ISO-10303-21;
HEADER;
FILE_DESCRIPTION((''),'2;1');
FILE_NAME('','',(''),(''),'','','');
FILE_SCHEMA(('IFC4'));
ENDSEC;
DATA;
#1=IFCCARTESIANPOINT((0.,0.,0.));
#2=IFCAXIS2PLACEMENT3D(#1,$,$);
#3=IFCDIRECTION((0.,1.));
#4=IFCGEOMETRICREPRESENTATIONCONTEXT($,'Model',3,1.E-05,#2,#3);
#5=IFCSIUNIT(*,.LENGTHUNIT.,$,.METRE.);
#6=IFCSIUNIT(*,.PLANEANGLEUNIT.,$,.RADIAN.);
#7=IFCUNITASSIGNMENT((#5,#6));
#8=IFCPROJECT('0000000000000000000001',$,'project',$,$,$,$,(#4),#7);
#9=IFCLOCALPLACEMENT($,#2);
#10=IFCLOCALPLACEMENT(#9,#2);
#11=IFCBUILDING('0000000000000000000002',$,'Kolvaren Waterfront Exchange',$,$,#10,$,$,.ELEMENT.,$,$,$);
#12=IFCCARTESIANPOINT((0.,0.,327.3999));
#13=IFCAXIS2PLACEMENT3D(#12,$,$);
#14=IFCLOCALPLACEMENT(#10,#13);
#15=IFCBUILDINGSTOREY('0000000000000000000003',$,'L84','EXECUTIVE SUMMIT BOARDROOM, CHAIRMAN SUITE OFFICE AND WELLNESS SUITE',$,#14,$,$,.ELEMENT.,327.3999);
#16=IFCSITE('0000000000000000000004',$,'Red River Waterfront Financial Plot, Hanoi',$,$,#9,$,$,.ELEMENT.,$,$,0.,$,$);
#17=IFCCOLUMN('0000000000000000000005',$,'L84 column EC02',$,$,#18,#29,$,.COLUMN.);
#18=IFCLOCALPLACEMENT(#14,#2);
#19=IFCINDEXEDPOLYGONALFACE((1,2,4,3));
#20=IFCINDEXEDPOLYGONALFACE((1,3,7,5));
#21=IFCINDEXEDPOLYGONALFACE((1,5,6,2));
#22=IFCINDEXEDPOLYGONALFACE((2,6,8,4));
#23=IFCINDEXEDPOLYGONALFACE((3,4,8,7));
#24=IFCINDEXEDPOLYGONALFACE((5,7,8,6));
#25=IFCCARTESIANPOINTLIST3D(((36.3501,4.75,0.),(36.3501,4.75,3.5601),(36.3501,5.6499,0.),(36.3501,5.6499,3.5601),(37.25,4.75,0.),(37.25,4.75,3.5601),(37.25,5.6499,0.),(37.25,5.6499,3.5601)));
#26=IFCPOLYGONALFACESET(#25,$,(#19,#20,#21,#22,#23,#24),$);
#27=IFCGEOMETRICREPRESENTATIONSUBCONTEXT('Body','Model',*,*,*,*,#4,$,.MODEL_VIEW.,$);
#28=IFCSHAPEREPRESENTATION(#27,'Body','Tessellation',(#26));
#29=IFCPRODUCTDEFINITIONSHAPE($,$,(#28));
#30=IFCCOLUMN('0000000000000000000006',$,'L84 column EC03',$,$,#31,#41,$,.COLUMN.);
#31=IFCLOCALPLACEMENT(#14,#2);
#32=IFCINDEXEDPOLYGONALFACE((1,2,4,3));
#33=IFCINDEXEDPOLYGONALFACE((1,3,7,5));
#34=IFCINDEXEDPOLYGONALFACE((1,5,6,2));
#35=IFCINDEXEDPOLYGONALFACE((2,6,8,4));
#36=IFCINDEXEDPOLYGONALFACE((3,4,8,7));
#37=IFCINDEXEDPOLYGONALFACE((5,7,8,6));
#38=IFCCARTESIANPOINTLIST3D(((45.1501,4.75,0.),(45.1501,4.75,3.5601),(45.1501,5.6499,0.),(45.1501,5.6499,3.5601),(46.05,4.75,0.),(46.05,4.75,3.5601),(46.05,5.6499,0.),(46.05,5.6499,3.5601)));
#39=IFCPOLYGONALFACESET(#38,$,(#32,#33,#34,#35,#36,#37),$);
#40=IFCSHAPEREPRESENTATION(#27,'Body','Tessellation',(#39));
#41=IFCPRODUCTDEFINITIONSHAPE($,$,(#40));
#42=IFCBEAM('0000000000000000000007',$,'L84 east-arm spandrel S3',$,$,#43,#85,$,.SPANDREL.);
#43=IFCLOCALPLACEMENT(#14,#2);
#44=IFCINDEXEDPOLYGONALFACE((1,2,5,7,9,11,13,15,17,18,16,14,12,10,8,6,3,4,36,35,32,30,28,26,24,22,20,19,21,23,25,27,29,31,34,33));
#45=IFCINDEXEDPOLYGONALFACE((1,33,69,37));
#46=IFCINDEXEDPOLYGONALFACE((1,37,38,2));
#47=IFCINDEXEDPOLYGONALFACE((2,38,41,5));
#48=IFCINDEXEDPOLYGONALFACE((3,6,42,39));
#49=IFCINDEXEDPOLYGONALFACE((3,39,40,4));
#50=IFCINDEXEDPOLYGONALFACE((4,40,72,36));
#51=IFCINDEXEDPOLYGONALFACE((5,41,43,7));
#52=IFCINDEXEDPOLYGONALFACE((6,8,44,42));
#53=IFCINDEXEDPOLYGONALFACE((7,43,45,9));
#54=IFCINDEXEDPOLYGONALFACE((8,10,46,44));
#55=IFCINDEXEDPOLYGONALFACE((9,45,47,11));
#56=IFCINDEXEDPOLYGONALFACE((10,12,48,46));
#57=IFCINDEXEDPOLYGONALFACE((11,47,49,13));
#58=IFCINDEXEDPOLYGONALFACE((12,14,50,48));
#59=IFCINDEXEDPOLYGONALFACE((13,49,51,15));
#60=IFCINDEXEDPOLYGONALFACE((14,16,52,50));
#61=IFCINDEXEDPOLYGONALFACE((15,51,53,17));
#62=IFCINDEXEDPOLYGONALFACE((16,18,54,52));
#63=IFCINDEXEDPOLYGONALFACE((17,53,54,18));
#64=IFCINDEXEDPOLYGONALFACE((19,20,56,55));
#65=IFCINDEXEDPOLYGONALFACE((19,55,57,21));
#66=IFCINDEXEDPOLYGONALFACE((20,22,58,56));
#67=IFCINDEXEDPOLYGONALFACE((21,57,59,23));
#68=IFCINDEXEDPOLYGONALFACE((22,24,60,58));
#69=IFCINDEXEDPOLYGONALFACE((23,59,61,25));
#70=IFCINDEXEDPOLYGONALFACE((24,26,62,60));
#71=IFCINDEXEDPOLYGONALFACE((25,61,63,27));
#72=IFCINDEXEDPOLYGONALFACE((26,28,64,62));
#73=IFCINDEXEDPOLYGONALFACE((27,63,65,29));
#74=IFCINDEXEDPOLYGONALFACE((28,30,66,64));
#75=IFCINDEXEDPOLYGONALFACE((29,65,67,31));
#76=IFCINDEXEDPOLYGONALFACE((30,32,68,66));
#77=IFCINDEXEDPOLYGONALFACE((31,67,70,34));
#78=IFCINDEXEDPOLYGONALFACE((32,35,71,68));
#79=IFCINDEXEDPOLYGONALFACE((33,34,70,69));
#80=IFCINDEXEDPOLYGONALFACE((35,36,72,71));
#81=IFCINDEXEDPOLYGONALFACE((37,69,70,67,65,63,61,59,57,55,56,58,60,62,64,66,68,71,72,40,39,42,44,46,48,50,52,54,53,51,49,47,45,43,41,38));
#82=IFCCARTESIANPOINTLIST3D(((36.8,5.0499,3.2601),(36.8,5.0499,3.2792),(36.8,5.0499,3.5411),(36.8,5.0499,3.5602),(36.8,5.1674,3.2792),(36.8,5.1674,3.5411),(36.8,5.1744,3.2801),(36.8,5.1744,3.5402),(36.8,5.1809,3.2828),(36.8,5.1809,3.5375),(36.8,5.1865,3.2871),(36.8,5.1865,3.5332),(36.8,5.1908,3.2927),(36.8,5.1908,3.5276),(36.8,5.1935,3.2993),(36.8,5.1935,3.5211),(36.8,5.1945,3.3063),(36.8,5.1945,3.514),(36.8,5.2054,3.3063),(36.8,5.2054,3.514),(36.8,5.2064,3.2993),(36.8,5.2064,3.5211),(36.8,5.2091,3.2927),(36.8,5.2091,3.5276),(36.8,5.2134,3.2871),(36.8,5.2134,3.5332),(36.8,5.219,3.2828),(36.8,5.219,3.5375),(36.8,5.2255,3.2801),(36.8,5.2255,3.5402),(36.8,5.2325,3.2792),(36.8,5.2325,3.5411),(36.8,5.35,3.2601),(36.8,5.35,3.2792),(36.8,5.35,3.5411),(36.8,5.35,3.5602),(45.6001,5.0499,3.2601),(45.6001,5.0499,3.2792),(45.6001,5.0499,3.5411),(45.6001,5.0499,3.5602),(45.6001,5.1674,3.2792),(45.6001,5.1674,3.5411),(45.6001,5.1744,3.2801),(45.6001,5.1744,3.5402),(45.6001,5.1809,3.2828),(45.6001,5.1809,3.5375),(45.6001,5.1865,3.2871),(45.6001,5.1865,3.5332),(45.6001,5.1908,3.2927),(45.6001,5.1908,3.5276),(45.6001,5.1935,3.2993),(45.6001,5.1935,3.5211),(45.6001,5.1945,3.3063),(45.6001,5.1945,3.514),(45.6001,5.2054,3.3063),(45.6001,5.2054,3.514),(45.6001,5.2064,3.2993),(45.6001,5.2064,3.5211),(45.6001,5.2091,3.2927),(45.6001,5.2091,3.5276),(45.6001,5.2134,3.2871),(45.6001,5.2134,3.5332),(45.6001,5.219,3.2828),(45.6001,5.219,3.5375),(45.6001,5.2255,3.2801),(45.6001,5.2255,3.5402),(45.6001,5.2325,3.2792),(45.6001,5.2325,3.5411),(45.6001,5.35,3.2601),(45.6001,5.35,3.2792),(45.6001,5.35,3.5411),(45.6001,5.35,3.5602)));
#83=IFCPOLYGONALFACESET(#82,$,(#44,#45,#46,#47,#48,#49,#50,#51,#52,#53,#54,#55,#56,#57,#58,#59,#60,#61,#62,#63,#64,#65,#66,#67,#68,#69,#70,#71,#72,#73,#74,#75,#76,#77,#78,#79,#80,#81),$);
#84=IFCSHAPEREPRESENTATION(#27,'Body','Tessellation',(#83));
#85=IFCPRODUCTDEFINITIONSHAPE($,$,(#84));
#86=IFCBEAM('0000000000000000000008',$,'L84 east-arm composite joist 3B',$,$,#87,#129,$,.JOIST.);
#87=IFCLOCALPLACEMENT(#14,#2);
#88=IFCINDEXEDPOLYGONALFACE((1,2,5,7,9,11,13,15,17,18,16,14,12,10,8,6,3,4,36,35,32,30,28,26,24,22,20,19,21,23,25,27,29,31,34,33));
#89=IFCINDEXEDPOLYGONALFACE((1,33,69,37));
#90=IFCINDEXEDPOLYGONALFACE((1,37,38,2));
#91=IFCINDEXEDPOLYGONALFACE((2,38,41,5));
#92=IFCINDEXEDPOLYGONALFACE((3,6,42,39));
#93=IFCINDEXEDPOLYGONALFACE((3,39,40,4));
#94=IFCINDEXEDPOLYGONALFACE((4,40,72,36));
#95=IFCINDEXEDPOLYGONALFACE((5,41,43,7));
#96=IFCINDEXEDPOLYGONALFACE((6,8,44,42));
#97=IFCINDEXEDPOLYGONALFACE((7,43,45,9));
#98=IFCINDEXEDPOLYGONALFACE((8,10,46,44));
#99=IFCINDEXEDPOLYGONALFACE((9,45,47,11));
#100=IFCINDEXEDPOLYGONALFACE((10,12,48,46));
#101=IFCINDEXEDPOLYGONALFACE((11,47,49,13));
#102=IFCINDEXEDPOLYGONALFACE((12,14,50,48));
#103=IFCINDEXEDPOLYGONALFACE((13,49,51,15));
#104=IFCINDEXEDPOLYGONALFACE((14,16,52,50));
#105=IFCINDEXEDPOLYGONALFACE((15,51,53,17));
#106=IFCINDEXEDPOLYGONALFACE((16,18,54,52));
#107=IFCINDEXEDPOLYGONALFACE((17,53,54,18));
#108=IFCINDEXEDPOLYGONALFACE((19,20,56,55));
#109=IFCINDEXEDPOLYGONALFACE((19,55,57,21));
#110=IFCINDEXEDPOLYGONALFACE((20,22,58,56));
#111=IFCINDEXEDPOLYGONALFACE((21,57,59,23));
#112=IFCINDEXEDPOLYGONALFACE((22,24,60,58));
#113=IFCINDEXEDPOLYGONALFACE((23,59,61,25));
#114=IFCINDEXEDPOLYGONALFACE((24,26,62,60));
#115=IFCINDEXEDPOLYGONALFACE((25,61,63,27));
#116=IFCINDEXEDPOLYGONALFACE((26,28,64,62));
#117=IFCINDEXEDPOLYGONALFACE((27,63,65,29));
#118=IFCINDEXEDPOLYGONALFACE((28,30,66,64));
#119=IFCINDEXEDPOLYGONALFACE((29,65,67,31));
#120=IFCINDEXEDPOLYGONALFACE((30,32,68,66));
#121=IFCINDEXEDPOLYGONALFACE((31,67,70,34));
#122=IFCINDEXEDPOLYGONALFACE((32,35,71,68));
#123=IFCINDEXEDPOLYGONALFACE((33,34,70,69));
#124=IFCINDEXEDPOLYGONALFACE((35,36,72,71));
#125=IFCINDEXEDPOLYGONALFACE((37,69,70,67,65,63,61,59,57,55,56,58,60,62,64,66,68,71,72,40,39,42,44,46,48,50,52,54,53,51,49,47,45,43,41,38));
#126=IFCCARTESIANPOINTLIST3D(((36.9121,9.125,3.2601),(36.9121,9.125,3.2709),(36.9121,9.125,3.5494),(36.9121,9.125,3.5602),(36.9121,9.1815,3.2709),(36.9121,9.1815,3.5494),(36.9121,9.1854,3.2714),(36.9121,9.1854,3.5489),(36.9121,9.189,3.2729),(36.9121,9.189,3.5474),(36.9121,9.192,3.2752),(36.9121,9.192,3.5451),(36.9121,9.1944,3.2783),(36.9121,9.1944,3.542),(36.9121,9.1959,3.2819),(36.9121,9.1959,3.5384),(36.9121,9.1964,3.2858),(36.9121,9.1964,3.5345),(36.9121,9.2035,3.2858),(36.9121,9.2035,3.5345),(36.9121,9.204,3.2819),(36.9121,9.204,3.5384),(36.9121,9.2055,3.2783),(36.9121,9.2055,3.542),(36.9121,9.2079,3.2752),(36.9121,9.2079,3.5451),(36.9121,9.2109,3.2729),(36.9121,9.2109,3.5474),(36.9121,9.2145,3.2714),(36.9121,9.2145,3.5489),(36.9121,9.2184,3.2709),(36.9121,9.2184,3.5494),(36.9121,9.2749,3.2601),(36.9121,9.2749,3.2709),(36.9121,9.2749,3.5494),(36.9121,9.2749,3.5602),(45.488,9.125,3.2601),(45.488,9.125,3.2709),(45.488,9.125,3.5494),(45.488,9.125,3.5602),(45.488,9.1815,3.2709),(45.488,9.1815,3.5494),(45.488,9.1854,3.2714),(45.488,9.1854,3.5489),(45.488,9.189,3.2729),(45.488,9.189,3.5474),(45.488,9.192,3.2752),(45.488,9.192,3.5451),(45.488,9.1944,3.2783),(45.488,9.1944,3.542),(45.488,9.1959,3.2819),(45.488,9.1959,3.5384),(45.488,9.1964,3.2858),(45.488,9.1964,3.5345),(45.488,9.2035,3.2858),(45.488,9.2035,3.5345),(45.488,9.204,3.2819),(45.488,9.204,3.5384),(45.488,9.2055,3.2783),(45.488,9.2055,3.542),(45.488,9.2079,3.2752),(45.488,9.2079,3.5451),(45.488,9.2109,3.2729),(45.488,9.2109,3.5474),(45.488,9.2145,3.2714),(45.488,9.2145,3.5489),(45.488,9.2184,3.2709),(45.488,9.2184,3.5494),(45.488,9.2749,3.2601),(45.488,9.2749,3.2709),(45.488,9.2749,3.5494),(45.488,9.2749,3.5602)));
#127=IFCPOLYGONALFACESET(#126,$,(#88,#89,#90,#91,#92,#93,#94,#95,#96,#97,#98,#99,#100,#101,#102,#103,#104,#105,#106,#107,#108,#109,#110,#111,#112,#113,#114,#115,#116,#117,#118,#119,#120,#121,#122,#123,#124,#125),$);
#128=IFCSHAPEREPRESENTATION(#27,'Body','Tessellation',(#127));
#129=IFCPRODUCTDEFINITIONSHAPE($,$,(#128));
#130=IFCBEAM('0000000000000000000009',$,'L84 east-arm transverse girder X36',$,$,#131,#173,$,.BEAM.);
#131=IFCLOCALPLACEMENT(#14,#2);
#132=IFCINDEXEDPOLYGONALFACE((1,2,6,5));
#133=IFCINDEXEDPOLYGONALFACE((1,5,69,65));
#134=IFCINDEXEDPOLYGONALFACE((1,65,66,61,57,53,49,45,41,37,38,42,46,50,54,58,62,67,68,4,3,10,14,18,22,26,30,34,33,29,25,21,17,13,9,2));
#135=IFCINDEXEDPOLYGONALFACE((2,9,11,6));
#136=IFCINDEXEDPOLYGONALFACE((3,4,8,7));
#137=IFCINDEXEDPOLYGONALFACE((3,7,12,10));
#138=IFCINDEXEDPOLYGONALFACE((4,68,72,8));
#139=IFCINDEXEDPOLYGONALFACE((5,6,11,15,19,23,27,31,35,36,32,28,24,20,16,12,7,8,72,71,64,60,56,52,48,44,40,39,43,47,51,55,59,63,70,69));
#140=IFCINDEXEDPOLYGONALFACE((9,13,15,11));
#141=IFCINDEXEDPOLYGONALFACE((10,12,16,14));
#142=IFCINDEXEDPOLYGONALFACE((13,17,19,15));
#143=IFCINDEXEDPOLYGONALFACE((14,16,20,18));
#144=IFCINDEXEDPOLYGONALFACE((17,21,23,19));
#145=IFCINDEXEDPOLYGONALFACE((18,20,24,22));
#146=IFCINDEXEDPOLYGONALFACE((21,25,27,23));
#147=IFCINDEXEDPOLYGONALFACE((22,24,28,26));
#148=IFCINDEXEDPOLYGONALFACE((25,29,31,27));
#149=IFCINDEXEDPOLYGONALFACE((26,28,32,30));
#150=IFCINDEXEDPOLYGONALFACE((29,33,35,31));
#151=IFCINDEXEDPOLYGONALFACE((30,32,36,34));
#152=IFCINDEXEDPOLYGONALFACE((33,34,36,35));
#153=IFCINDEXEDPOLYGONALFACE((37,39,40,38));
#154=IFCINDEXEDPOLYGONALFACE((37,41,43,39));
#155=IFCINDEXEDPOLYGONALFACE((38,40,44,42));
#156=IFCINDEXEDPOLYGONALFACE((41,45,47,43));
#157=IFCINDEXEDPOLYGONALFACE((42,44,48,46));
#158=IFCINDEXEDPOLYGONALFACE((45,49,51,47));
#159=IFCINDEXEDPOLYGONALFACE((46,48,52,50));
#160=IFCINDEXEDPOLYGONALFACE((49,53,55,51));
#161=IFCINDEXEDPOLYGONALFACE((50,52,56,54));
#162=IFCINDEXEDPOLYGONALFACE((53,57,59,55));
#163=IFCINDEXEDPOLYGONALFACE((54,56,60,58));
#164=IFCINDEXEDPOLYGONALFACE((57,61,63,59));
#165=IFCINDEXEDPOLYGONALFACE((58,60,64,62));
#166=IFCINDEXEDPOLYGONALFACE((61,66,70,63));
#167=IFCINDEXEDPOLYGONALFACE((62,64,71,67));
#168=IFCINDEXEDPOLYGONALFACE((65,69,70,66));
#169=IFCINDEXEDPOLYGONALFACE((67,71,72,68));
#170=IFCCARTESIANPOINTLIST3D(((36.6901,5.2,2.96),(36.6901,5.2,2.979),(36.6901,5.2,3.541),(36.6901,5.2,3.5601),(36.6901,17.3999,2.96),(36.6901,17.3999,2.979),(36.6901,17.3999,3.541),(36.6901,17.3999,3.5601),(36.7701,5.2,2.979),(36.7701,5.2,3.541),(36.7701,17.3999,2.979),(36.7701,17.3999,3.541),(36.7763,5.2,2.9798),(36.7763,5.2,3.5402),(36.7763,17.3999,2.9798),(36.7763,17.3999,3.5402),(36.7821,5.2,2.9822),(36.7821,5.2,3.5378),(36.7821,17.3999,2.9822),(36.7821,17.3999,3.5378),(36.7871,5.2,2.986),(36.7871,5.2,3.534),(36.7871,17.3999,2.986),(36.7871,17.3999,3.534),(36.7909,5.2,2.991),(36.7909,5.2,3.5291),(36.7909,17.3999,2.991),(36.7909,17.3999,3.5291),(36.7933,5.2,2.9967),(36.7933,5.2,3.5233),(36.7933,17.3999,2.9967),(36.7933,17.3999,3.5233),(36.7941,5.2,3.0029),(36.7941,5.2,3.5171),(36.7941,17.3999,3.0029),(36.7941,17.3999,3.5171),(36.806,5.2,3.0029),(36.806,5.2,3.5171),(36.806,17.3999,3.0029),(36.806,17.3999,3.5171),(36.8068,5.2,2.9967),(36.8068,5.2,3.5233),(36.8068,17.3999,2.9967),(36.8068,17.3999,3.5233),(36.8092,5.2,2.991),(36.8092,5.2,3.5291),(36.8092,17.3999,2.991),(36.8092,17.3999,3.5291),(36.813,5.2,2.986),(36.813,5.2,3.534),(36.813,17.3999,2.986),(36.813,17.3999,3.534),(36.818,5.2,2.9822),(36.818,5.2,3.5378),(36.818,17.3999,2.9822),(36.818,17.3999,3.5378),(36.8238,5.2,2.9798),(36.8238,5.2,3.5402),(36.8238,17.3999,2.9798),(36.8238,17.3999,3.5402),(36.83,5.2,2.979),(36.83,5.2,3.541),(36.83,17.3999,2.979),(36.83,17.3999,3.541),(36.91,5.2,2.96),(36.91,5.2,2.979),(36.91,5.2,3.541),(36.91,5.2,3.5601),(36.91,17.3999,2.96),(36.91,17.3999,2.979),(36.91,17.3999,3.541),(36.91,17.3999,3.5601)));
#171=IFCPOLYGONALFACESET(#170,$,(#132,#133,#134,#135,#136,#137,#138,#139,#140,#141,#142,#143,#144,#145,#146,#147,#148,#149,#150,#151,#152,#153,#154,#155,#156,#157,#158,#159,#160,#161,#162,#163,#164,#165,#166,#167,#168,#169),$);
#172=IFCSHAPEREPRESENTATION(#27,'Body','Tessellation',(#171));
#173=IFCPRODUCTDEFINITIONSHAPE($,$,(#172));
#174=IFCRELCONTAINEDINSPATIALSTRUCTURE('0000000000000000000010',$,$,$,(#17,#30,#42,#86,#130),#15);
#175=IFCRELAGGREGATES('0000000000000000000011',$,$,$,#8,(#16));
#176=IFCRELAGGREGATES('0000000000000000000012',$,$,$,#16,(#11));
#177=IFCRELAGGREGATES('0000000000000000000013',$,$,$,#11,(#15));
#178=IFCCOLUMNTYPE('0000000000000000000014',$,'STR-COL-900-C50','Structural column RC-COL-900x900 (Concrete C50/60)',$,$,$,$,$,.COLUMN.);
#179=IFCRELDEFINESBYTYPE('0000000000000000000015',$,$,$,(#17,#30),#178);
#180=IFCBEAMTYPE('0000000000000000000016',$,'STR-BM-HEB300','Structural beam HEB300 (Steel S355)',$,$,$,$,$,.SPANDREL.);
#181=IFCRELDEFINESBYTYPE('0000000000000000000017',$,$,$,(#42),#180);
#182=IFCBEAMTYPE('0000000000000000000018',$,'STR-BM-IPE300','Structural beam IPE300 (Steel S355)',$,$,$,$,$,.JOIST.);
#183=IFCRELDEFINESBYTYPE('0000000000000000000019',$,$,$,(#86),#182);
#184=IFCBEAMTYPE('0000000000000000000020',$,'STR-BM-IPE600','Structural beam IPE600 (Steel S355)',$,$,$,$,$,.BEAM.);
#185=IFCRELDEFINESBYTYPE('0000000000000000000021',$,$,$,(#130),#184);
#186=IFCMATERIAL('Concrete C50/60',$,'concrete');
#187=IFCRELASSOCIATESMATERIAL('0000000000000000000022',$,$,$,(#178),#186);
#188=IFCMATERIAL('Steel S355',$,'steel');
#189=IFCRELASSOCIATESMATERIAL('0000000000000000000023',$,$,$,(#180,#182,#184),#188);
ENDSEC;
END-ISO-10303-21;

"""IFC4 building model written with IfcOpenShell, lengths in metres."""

from ifc_helpers import new_model, si_unit, direction, frame, origin, origin_2d, place, context, subcontext, project, spatial, rectangle, i_section, extrude, material, material_profile, profile_set, type_object, element, save


model = new_model("IFC4")

# Units and contexts
model_context = context("Model", 3, precision=1e-05, world=origin(), true_north=direction((0.0, 1.0)))
body_context = subcontext(model_context, "Body", "Model", "MODEL_VIEW")
ifc_project = project(units=[si_unit("LENGTHUNIT", "METRE"), si_unit("PLANEANGLEUNIT", "RADIAN")], contexts=[model_context])

# Site, building, storey
site_placement = place(None, origin())
site = spatial("IfcSite", under=ifc_project, at=site_placement, Name="Red River Waterfront Financial Plot, Hanoi", CompositionType="ELEMENT", RefElevation=0.0)
building_placement = place(site_placement, origin())
building = spatial("IfcBuilding", under=site, at=building_placement, Name="Kolvaren Waterfront Exchange", CompositionType="ELEMENT")
storey_placement = place(building_placement, frame((0.0, 0.0, 327.3999)))
storey = spatial("IfcBuildingStorey", under=building, at=storey_placement, Name="L84", Description="EXECUTIVE SUMMIT BOARDROOM, CHAIRMAN SUITE OFFICE AND WELLNESS SUITE", CompositionType="ELEMENT", Elevation=327.3999)

# Columns
ifc_material_1 = material(Name="Concrete C50/60", Category="concrete")
ifc_material_profile_1 = material_profile(ifc_material_1, rectangle(XDim=0.8999, YDim=0.8999, at=origin_2d()), Name="RC-COL-900x900")
ifc_profile_set_1 = profile_set([ifc_material_profile_1], Name="Concrete C50/60")
column_type = type_object("IfcColumnType", Name="STR-COL-900-C50", Description="Structural column RC-COL-900x900 (Concrete C50/60)", PredefinedType="COLUMN", material=ifc_profile_set_1)
for number, where, z_axis, x_axis, name in (
    (1, (36.8, 5.2, 0.0), (0.0, 0.0, 1.0), (1.0, 0.0, 0.0), "L84 column EC02"),
    (2, (45.6001, 5.2, 0.0), (0.0, 0.0, 1.0), (1.0, 0.0, 0.0), "L84 column EC03"),
):
    element("IfcColumn", number, at=place(storey_placement, frame(where, z_axis=z_axis, x_axis=x_axis)), inside=storey, type_object=column_type, Name=name, PredefinedType="COLUMN", context=body_context, shape_type="SweptSolid", body=[
        extrude(rectangle(XDim=0.8999, YDim=0.8999, at=origin_2d()), origin(), (0.0, 0.0, 1.0), 3.5601),
    ])

# Beams
ifc_material_2 = material(Name="Steel S355", Category="steel")
ifc_material_profile_2 = material_profile(ifc_material_2, i_section(OverallWidth=0.3, OverallDepth=0.3, WebThickness=0.011, FlangeThickness=0.019, FilletRadius=0.0271, at=origin_2d()), Name="HEB300")
ifc_profile_set_2 = profile_set([ifc_material_profile_2], Name="Steel S355")
beam_type_1 = type_object("IfcBeamType", Name="STR-BM-HEB300", Description="Structural beam HEB300 (Steel S355)", PredefinedType="SPANDREL", material=ifc_profile_set_2)
beam_1_placement = place(storey_placement, frame((36.8, 5.2, 3.4102), z_axis=(1.0, 0.0, 0.0), x_axis=(0.0, 1.0, 0.0)))
element("IfcBeam", 3, at=beam_1_placement, inside=storey, type_object=beam_type_1, Name="L84 east-arm spandrel S3", PredefinedType="SPANDREL", context=body_context, shape_type="SweptSolid", body=[
    extrude(i_section(OverallWidth=0.3, OverallDepth=0.3, WebThickness=0.011, FlangeThickness=0.019, FilletRadius=0.0271, at=origin_2d()), origin(), (0.0, 0.0, 1.0), 8.8),
])
ifc_material_profile_3 = material_profile(ifc_material_2, i_section(OverallWidth=0.1499, OverallDepth=0.3, WebThickness=0.0071, FlangeThickness=0.0107, FilletRadius=0.0149, at=origin_2d()), Name="IPE300")
ifc_profile_set_3 = profile_set([ifc_material_profile_3], Name="Steel S355")
beam_type_2 = type_object("IfcBeamType", Name="STR-BM-IPE300", Description="Structural beam IPE300 (Steel S355)", PredefinedType="JOIST", material=ifc_profile_set_3)
beam_2_placement = place(storey_placement, frame((36.9121, 9.2, 3.4102), z_axis=(1.0, 0.0, 0.0), x_axis=(0.0, 1.0, 0.0)))
element("IfcBeam", 4, at=beam_2_placement, inside=storey, type_object=beam_type_2, Name="L84 east-arm composite joist 3B", PredefinedType="JOIST", context=body_context, shape_type="SweptSolid", body=[
    extrude(i_section(OverallWidth=0.1499, OverallDepth=0.3, WebThickness=0.0071, FlangeThickness=0.0107, FilletRadius=0.0149, at=origin_2d()), origin(), (0.0, 0.0, 1.0), 8.5759),
])
ifc_material_profile_4 = material_profile(ifc_material_2, i_section(OverallWidth=0.22, OverallDepth=0.6001, WebThickness=0.012, FlangeThickness=0.019, FilletRadius=0.0239, at=origin_2d()), Name="IPE600")
ifc_profile_set_4 = profile_set([ifc_material_profile_4], Name="Steel S355")
beam_type_3 = type_object("IfcBeamType", Name="STR-BM-IPE600", Description="Structural beam IPE600 (Steel S355)", PredefinedType="BEAM", material=ifc_profile_set_4)
for number, where, z_axis, x_axis, name in (
    (5, (36.8, 5.2, 3.26), (0.0, 1.0, 0.0), (-1.0, 0.0, 0.0), "L84 east-arm transverse girder X36"),
):
    element("IfcBeam", number, at=place(storey_placement, frame(where, z_axis=z_axis, x_axis=x_axis)), inside=storey, type_object=beam_type_3, Name=name, PredefinedType="BEAM", context=body_context, shape_type="SweptSolid", body=[
        extrude(i_section(OverallWidth=0.22, OverallDepth=0.6001, WebThickness=0.012, FlangeThickness=0.019, FilletRadius=0.0239, at=origin_2d()), origin(), (0.0, 0.0, 1.0), 12.2),
    ])

save(model, "model.ifc")
